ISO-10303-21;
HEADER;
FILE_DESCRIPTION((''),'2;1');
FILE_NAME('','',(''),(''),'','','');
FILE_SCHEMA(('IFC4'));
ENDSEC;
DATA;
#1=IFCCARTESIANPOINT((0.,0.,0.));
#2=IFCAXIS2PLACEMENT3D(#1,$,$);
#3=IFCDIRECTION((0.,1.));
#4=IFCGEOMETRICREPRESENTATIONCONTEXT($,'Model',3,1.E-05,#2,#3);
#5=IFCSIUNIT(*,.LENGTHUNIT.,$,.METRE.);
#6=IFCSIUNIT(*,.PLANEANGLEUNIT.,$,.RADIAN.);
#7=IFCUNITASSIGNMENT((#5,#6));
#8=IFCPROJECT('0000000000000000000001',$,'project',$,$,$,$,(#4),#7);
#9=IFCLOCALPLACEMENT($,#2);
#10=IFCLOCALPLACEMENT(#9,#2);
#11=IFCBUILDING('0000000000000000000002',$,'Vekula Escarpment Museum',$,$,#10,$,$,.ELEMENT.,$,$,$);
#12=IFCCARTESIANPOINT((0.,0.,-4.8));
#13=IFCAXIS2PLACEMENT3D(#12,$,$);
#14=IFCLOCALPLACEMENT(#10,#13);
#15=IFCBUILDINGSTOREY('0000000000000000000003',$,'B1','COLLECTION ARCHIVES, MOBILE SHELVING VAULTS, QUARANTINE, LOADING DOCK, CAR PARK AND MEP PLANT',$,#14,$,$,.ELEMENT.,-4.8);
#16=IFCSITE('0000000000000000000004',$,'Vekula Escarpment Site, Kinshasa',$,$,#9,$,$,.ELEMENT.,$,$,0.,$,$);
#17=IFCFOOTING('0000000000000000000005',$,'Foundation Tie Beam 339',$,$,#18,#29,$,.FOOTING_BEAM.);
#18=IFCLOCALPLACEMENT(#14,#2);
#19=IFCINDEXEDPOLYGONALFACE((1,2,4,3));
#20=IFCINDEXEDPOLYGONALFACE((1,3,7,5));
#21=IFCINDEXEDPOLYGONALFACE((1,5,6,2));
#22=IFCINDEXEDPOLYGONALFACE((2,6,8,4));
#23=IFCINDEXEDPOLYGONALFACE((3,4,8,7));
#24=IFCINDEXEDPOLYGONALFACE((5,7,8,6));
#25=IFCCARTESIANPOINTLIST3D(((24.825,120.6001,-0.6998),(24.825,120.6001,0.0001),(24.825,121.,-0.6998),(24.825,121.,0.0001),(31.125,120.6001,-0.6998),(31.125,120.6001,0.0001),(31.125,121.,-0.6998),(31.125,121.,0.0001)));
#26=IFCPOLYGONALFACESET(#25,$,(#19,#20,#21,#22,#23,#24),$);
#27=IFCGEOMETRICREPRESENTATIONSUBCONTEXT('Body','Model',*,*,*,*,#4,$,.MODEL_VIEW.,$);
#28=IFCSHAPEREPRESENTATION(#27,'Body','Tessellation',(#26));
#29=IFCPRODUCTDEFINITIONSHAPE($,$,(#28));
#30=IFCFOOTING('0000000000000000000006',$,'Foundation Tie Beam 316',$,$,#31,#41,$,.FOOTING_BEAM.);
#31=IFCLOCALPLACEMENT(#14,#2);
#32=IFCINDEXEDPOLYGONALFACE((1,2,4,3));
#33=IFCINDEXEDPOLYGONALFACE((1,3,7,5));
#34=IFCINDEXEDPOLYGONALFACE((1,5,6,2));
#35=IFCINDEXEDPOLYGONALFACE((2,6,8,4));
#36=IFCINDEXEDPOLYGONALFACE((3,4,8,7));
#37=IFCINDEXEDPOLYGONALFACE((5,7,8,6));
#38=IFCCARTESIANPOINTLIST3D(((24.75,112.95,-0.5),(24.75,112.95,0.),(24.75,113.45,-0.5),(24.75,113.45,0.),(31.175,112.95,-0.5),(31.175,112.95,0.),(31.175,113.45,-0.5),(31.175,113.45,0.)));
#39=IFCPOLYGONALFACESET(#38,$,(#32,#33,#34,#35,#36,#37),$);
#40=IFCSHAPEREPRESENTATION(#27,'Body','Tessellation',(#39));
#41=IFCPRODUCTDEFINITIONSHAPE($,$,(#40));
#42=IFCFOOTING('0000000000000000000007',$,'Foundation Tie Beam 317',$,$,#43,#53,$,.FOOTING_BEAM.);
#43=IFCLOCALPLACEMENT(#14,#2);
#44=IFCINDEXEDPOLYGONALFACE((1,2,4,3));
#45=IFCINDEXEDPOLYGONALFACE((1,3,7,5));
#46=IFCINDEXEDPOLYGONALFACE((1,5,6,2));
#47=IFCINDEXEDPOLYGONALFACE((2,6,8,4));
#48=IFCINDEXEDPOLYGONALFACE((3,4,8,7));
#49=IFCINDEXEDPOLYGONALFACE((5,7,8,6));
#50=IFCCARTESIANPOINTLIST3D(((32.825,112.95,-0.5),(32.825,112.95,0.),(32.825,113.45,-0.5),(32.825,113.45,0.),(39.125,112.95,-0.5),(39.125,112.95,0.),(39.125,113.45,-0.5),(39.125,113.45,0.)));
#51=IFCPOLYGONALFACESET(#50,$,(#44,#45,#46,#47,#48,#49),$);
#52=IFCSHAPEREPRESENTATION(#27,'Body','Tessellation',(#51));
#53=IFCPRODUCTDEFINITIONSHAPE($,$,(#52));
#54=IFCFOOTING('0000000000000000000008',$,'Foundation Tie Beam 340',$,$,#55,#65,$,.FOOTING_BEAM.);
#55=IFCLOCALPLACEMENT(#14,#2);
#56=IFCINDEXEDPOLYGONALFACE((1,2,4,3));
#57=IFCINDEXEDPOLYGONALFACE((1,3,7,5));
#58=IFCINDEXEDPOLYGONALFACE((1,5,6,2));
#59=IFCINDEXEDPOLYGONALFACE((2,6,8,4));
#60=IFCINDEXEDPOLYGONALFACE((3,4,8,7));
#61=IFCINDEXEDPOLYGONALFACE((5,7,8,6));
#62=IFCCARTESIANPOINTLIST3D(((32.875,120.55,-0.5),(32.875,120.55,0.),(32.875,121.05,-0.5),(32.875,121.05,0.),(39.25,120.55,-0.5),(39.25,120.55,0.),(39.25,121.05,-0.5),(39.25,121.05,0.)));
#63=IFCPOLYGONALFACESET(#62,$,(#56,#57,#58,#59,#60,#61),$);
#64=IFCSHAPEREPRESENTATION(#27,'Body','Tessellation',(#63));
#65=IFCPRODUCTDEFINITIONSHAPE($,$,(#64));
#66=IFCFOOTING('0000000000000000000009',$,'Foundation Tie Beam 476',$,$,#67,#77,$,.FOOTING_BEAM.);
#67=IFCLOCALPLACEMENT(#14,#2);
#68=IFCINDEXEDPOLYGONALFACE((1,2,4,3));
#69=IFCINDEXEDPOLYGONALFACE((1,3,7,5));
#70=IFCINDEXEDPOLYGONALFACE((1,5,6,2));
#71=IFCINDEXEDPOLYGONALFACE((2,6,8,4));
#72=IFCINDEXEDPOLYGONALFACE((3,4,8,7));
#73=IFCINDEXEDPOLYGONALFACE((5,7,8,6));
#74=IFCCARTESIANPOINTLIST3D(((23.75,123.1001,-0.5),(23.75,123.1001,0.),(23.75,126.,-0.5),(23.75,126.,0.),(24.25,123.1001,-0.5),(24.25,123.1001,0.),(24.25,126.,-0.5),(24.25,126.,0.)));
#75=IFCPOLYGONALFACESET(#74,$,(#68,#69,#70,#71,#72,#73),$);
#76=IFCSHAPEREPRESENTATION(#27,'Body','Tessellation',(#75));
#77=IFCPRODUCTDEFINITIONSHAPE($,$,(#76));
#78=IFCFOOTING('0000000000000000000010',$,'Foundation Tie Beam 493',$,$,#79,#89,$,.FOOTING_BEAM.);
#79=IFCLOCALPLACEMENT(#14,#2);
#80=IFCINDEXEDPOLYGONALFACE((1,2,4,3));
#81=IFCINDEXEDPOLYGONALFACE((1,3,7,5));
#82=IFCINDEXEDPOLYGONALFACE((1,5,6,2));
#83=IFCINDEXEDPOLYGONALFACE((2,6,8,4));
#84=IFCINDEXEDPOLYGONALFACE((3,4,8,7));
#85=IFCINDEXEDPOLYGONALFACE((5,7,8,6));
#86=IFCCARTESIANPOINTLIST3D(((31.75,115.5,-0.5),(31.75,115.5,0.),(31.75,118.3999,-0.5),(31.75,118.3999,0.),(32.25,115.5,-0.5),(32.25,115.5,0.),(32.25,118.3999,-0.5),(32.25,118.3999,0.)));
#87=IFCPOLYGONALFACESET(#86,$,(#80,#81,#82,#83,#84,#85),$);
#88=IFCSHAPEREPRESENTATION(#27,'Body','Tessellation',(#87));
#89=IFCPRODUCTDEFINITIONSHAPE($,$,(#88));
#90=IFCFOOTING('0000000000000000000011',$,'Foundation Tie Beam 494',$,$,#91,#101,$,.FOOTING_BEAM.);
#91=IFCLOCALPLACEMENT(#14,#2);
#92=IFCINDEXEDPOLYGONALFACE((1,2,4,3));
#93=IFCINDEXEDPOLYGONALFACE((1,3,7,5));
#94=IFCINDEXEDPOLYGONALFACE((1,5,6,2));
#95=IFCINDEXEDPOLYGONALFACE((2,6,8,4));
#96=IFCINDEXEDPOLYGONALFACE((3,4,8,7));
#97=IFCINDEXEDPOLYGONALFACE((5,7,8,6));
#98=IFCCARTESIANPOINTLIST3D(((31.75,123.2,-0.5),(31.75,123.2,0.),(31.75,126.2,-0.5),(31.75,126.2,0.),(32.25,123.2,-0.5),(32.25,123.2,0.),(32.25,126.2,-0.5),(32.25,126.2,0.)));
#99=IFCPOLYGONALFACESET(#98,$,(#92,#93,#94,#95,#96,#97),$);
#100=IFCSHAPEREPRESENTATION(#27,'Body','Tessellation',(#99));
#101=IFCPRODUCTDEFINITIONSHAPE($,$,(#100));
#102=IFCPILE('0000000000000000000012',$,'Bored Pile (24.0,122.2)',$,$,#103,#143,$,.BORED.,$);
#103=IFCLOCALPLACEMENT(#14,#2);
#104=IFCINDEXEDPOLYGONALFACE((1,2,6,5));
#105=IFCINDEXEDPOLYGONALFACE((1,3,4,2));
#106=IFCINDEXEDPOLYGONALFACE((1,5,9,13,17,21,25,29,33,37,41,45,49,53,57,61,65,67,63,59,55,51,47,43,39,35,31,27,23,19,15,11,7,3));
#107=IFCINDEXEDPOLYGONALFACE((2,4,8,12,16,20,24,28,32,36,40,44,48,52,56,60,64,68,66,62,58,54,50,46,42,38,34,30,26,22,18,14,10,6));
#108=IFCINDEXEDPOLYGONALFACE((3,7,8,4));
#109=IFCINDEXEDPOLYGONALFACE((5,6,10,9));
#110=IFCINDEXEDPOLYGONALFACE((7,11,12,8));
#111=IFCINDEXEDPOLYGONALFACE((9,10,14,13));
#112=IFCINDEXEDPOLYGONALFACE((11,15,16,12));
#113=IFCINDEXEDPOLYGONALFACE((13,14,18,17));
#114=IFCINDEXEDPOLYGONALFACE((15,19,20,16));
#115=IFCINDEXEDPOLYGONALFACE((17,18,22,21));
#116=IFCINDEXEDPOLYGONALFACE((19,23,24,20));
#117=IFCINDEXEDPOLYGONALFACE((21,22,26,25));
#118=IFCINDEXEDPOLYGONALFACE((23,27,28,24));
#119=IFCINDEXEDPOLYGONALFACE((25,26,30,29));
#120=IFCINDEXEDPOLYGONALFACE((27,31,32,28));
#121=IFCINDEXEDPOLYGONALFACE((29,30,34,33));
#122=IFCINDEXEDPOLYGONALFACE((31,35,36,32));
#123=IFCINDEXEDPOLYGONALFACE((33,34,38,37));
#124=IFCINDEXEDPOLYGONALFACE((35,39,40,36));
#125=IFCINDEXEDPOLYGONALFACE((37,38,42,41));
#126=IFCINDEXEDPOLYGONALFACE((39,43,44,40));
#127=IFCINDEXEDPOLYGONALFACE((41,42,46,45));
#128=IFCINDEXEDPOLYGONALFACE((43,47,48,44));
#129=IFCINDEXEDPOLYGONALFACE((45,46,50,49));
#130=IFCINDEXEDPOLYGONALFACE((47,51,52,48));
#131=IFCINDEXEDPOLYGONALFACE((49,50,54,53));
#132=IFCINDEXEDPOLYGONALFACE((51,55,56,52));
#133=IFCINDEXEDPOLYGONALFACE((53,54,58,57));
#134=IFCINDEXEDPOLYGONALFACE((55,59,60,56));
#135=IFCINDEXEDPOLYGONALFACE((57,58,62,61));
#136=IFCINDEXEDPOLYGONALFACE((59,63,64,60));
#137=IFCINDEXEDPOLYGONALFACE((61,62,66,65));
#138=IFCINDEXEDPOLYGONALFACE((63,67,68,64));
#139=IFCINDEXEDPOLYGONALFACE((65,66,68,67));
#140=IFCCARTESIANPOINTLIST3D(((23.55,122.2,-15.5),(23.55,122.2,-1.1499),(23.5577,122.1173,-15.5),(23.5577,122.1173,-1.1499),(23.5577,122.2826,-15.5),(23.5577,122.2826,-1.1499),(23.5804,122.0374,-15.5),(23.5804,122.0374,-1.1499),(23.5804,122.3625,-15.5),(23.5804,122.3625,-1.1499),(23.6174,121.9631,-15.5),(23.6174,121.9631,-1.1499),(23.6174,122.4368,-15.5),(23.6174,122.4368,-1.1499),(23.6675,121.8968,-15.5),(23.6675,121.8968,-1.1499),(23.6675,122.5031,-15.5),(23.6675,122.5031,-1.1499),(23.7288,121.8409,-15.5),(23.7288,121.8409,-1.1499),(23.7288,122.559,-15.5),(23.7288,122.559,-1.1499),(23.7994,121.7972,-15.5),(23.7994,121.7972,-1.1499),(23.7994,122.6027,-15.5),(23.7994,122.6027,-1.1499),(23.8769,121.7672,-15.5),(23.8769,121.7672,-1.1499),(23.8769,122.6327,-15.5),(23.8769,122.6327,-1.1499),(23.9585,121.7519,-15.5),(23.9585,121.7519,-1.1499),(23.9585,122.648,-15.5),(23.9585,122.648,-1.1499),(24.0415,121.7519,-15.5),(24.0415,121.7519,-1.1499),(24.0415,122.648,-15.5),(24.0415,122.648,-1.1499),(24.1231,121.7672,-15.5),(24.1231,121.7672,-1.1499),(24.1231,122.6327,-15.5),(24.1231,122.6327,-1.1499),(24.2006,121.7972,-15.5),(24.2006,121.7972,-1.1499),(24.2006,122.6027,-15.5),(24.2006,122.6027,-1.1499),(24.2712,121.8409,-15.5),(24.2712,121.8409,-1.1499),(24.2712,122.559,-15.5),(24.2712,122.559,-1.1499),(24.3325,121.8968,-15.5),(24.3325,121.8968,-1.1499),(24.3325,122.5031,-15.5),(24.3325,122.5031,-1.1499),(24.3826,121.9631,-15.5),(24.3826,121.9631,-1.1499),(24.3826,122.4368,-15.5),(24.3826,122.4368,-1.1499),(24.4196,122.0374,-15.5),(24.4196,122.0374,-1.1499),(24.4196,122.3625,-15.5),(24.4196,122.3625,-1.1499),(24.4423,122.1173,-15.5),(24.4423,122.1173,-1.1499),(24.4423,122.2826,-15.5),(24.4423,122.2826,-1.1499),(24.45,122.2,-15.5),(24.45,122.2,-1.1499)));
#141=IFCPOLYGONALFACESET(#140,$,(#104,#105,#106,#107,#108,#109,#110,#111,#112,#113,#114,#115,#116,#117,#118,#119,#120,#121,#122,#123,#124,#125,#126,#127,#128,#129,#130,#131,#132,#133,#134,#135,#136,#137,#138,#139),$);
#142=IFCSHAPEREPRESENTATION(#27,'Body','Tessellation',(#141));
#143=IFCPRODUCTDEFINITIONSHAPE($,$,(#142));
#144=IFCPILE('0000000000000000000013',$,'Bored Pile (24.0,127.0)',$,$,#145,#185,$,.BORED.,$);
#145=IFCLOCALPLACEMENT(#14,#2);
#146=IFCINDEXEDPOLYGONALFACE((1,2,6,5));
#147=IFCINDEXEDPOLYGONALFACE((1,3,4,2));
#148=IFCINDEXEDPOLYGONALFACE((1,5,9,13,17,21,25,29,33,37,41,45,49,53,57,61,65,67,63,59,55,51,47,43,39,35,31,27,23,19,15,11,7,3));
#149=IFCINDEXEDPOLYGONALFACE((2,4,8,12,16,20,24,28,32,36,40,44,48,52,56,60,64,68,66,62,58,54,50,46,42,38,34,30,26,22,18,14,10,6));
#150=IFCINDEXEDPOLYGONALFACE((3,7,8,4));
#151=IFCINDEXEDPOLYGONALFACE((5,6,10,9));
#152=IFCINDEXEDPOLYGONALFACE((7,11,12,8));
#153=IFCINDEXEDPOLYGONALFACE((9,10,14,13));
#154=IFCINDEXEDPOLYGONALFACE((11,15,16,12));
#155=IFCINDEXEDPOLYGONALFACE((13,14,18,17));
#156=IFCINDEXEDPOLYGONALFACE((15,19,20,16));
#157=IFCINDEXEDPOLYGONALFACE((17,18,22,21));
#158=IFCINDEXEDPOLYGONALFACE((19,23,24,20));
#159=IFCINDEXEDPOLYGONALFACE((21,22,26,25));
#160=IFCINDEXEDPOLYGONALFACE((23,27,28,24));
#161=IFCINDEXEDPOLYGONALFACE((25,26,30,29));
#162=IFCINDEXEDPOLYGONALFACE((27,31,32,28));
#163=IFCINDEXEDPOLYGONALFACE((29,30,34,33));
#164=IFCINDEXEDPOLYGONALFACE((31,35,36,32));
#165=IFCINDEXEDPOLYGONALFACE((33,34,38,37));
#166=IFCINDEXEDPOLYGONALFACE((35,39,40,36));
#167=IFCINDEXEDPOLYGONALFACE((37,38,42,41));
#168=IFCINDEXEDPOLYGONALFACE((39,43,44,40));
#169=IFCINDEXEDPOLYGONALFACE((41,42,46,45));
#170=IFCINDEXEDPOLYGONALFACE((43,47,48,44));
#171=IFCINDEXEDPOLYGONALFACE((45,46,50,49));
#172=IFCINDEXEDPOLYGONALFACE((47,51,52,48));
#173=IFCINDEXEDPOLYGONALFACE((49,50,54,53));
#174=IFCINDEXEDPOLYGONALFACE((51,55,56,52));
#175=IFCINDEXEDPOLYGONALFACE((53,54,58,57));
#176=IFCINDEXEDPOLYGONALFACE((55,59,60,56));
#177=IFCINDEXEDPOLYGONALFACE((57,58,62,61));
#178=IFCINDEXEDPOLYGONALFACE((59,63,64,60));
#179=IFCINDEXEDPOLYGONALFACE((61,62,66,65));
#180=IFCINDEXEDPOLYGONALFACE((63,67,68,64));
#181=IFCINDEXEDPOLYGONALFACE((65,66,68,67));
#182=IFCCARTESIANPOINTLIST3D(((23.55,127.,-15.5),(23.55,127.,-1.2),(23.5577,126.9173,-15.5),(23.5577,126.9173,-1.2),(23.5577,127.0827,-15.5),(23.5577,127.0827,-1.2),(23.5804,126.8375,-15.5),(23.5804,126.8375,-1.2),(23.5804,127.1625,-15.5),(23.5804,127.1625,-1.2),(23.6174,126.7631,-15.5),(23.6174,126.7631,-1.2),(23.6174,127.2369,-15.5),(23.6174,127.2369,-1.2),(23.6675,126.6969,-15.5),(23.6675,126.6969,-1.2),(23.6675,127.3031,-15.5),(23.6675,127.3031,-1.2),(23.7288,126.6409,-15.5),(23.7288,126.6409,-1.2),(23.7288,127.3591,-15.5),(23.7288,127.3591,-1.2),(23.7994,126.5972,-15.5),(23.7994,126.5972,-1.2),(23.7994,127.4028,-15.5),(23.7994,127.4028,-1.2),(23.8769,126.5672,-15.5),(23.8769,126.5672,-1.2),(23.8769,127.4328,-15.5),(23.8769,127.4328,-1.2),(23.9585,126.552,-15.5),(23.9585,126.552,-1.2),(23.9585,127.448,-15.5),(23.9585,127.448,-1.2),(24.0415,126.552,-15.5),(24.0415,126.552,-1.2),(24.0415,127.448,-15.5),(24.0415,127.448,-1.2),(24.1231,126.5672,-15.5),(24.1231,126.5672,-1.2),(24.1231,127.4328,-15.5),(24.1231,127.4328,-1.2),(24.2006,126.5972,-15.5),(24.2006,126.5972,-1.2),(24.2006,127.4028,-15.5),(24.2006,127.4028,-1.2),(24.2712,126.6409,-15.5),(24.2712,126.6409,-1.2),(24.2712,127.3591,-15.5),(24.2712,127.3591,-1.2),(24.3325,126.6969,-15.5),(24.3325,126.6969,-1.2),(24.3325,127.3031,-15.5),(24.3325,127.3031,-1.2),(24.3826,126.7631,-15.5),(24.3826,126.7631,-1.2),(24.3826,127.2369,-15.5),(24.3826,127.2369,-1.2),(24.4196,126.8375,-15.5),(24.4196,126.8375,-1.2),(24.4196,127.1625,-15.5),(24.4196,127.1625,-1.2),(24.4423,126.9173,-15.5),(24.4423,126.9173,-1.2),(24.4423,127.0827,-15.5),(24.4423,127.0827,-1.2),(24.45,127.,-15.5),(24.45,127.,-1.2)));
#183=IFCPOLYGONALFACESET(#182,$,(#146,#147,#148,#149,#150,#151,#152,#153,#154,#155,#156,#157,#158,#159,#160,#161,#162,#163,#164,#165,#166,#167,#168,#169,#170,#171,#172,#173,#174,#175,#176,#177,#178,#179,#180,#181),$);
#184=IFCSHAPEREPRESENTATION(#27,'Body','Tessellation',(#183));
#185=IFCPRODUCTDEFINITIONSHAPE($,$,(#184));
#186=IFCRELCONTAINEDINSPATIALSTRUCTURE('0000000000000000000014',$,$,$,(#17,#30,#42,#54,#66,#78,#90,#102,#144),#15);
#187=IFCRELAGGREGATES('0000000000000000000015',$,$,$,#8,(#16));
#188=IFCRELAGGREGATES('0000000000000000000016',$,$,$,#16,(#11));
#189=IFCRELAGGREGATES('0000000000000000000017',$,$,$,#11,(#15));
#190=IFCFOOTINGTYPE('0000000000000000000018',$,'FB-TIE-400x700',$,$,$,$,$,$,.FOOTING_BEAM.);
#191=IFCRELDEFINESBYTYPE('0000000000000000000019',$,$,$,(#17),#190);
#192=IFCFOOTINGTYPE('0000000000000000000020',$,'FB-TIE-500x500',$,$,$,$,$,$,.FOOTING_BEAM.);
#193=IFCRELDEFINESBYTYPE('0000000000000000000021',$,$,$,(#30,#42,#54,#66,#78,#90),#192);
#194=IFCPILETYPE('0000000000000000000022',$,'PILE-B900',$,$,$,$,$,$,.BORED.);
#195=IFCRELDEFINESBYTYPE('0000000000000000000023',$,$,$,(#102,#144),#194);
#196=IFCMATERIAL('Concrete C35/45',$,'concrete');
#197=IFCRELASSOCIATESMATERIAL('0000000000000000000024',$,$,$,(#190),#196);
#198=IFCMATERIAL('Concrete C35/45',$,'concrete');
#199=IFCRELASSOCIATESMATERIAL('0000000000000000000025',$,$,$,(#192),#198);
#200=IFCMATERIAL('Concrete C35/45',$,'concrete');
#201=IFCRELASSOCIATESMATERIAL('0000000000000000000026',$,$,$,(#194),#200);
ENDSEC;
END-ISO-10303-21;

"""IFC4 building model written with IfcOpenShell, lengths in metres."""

from ifc_helpers import new_model, si_unit, direction, frame, origin, origin_2d, place, context, subcontext, project, spatial, rectangle, circle, extrude, material, material_profile, profile_set, type_object, element, save


model = new_model("IFC4")

# Units and contexts
model_context = context("Model", 3, precision=1e-05, world=origin(), true_north=direction((0.0, 1.0)))
body_context = subcontext(model_context, "Body", "Model", "MODEL_VIEW")
ifc_project = project(units=[si_unit("LENGTHUNIT", "METRE"), si_unit("PLANEANGLEUNIT", "RADIAN")], contexts=[model_context])

# Site, building, storey
site_placement = place(None, origin())
site = spatial("IfcSite", under=ifc_project, at=site_placement, Name="Vekula Escarpment Site, Kinshasa", CompositionType="ELEMENT", RefElevation=0.0)
building_placement = place(site_placement, origin())
building = spatial("IfcBuilding", under=site, at=building_placement, Name="Vekula Escarpment Museum", CompositionType="ELEMENT")
storey_placement = place(building_placement, frame((0.0, 0.0, -4.8)))
storey = spatial("IfcBuildingStorey", under=building, at=storey_placement, Name="B1", Description="COLLECTION ARCHIVES, MOBILE SHELVING VAULTS, QUARANTINE, LOADING DOCK, CAR PARK AND MEP PLANT", CompositionType="ELEMENT", Elevation=-4.8)

# Footings
ifc_material_1 = material(Name="Concrete C35/45", Category="concrete")
ifc_material_profile_1 = material_profile(ifc_material_1, rectangle(XDim=0.3999, YDim=0.7, at=origin_2d()), Name="RC 400x700")
ifc_profile_set_1 = profile_set([ifc_material_profile_1], Name="Concrete C35/45")
footing_type_1 = type_object("IfcFootingType", Name="FB-TIE-400x700", PredefinedType="FOOTING_BEAM", material=ifc_profile_set_1)
footing_1_placement = place(storey_placement, frame((24.825, 120.8, -0.3499), z_axis=(1.0, 0.0, 0.0), x_axis=(0.0, 1.0, 0.0)))
element("IfcFooting", 1, at=footing_1_placement, inside=storey, type_object=footing_type_1, Name="Foundation Tie Beam 339", PredefinedType="FOOTING_BEAM", context=body_context, shape_type="SweptSolid", body=[
    extrude(rectangle(XDim=0.3999, YDim=0.7, at=origin_2d()), origin(), (0.0, 0.0, 1.0), 6.3),
])
ifc_material_2 = material(Name="Concrete C35/45", Category="concrete")
ifc_material_profile_2 = material_profile(ifc_material_2, rectangle(XDim=0.5, YDim=0.5, at=origin_2d()), Name="RC 500x500")
ifc_profile_set_2 = profile_set([ifc_material_profile_2], Name="Concrete C35/45")
footing_type_2 = type_object("IfcFootingType", Name="FB-TIE-500x500", PredefinedType="FOOTING_BEAM", material=ifc_profile_set_2)
footing_2_placement = place(storey_placement, frame((24.75, 113.2, -0.25), z_axis=(1.0, 0.0, 0.0), x_axis=(0.0, 1.0, 0.0)))
element("IfcFooting", 2, at=footing_2_placement, inside=storey, type_object=footing_type_2, Name="Foundation Tie Beam 316", PredefinedType="FOOTING_BEAM", context=body_context, shape_type="SweptSolid", body=[
    extrude(rectangle(XDim=0.5, YDim=0.5, at=origin_2d()), origin(), (0.0, 0.0, 1.0), 6.425),
])
footing_3_placement = place(storey_placement, frame((32.825, 113.2, -0.25), z_axis=(1.0, 0.0, 0.0), x_axis=(0.0, 1.0, 0.0)))
element("IfcFooting", 3, at=footing_3_placement, inside=storey, type_object=footing_type_2, Name="Foundation Tie Beam 317", PredefinedType="FOOTING_BEAM", context=body_context, shape_type="SweptSolid", body=[
    extrude(rectangle(XDim=0.5, YDim=0.5, at=origin_2d()), origin(), (0.0, 0.0, 1.0), 6.3),
])
footing_4_placement = place(storey_placement, frame((32.875, 120.8, -0.25), z_axis=(1.0, 0.0, 0.0), x_axis=(0.0, 1.0, 0.0)))
element("IfcFooting", 4, at=footing_4_placement, inside=storey, type_object=footing_type_2, Name="Foundation Tie Beam 340", PredefinedType="FOOTING_BEAM", context=body_context, shape_type="SweptSolid", body=[
    extrude(rectangle(XDim=0.5, YDim=0.5, at=origin_2d()), origin(), (0.0, 0.0, 1.0), 6.375),
])
for number, where, z_axis, x_axis, name in (
    (5, (24.0, 123.1001, -0.25), (0.0, 1.0, 0.0), (-1.0, 0.0, 0.0), "Foundation Tie Beam 476"),
    (6, (32.0, 115.5, -0.25), (0.0, 1.0, 0.0), (-1.0, 0.0, 0.0), "Foundation Tie Beam 493"),
):
    element("IfcFooting", number, at=place(storey_placement, frame(where, z_axis=z_axis, x_axis=x_axis)), inside=storey, type_object=footing_type_2, Name=name, PredefinedType="FOOTING_BEAM", context=body_context, shape_type="SweptSolid", body=[
        extrude(rectangle(XDim=0.5, YDim=0.5, at=origin_2d()), origin(), (0.0, 0.0, 1.0), 2.8999),
    ])
footing_5_placement = place(storey_placement, frame((32.0, 123.2, -0.25), z_axis=(0.0, 1.0, 0.0), x_axis=(-1.0, 0.0, 0.0)))
element("IfcFooting", 7, at=footing_5_placement, inside=storey, type_object=footing_type_2, Name="Foundation Tie Beam 494", PredefinedType="FOOTING_BEAM", context=body_context, shape_type="SweptSolid", body=[
    extrude(rectangle(XDim=0.5, YDim=0.5, at=origin_2d()), origin(), (0.0, 0.0, 1.0), 3.0),
])

# Piles
ifc_material_3 = material(Name="Concrete C35/45", Category="concrete")
ifc_material_profile_3 = material_profile(ifc_material_3, circle(Radius=0.45, at=origin_2d()), Name="BORED PILE 900")
ifc_profile_set_3 = profile_set([ifc_material_profile_3], Name="Concrete C35/45")
pile_type = type_object("IfcPileType", Name="PILE-B900", PredefinedType="BORED", material=ifc_profile_set_3)
pile_1_placement = place(storey_placement, frame((24.0, 122.2, -1.1499), z_axis=(0.0, 0.0, -1.0), x_axis=(1.0, 0.0, 0.0)))
element("IfcPile", 8, at=pile_1_placement, inside=storey, type_object=pile_type, Name="Bored Pile (24.0,122.2)", PredefinedType="BORED", context=body_context, shape_type="SweptSolid", body=[
    extrude(circle(Radius=0.45, at=origin_2d()), origin(), (0.0, 0.0, 1.0), 14.3501),
])
pile_2_placement = place(storey_placement, frame((24.0, 127.0, -1.2), z_axis=(0.0, 0.0, -1.0), x_axis=(1.0, 0.0, 0.0)))
element("IfcPile", 9, at=pile_2_placement, inside=storey, type_object=pile_type, Name="Bored Pile (24.0,127.0)", PredefinedType="BORED", context=body_context, shape_type="SweptSolid", body=[
    extrude(circle(Radius=0.45, at=origin_2d()), origin(), (0.0, 0.0, 1.0), 14.3),
])

save(model, "model.ifc")
